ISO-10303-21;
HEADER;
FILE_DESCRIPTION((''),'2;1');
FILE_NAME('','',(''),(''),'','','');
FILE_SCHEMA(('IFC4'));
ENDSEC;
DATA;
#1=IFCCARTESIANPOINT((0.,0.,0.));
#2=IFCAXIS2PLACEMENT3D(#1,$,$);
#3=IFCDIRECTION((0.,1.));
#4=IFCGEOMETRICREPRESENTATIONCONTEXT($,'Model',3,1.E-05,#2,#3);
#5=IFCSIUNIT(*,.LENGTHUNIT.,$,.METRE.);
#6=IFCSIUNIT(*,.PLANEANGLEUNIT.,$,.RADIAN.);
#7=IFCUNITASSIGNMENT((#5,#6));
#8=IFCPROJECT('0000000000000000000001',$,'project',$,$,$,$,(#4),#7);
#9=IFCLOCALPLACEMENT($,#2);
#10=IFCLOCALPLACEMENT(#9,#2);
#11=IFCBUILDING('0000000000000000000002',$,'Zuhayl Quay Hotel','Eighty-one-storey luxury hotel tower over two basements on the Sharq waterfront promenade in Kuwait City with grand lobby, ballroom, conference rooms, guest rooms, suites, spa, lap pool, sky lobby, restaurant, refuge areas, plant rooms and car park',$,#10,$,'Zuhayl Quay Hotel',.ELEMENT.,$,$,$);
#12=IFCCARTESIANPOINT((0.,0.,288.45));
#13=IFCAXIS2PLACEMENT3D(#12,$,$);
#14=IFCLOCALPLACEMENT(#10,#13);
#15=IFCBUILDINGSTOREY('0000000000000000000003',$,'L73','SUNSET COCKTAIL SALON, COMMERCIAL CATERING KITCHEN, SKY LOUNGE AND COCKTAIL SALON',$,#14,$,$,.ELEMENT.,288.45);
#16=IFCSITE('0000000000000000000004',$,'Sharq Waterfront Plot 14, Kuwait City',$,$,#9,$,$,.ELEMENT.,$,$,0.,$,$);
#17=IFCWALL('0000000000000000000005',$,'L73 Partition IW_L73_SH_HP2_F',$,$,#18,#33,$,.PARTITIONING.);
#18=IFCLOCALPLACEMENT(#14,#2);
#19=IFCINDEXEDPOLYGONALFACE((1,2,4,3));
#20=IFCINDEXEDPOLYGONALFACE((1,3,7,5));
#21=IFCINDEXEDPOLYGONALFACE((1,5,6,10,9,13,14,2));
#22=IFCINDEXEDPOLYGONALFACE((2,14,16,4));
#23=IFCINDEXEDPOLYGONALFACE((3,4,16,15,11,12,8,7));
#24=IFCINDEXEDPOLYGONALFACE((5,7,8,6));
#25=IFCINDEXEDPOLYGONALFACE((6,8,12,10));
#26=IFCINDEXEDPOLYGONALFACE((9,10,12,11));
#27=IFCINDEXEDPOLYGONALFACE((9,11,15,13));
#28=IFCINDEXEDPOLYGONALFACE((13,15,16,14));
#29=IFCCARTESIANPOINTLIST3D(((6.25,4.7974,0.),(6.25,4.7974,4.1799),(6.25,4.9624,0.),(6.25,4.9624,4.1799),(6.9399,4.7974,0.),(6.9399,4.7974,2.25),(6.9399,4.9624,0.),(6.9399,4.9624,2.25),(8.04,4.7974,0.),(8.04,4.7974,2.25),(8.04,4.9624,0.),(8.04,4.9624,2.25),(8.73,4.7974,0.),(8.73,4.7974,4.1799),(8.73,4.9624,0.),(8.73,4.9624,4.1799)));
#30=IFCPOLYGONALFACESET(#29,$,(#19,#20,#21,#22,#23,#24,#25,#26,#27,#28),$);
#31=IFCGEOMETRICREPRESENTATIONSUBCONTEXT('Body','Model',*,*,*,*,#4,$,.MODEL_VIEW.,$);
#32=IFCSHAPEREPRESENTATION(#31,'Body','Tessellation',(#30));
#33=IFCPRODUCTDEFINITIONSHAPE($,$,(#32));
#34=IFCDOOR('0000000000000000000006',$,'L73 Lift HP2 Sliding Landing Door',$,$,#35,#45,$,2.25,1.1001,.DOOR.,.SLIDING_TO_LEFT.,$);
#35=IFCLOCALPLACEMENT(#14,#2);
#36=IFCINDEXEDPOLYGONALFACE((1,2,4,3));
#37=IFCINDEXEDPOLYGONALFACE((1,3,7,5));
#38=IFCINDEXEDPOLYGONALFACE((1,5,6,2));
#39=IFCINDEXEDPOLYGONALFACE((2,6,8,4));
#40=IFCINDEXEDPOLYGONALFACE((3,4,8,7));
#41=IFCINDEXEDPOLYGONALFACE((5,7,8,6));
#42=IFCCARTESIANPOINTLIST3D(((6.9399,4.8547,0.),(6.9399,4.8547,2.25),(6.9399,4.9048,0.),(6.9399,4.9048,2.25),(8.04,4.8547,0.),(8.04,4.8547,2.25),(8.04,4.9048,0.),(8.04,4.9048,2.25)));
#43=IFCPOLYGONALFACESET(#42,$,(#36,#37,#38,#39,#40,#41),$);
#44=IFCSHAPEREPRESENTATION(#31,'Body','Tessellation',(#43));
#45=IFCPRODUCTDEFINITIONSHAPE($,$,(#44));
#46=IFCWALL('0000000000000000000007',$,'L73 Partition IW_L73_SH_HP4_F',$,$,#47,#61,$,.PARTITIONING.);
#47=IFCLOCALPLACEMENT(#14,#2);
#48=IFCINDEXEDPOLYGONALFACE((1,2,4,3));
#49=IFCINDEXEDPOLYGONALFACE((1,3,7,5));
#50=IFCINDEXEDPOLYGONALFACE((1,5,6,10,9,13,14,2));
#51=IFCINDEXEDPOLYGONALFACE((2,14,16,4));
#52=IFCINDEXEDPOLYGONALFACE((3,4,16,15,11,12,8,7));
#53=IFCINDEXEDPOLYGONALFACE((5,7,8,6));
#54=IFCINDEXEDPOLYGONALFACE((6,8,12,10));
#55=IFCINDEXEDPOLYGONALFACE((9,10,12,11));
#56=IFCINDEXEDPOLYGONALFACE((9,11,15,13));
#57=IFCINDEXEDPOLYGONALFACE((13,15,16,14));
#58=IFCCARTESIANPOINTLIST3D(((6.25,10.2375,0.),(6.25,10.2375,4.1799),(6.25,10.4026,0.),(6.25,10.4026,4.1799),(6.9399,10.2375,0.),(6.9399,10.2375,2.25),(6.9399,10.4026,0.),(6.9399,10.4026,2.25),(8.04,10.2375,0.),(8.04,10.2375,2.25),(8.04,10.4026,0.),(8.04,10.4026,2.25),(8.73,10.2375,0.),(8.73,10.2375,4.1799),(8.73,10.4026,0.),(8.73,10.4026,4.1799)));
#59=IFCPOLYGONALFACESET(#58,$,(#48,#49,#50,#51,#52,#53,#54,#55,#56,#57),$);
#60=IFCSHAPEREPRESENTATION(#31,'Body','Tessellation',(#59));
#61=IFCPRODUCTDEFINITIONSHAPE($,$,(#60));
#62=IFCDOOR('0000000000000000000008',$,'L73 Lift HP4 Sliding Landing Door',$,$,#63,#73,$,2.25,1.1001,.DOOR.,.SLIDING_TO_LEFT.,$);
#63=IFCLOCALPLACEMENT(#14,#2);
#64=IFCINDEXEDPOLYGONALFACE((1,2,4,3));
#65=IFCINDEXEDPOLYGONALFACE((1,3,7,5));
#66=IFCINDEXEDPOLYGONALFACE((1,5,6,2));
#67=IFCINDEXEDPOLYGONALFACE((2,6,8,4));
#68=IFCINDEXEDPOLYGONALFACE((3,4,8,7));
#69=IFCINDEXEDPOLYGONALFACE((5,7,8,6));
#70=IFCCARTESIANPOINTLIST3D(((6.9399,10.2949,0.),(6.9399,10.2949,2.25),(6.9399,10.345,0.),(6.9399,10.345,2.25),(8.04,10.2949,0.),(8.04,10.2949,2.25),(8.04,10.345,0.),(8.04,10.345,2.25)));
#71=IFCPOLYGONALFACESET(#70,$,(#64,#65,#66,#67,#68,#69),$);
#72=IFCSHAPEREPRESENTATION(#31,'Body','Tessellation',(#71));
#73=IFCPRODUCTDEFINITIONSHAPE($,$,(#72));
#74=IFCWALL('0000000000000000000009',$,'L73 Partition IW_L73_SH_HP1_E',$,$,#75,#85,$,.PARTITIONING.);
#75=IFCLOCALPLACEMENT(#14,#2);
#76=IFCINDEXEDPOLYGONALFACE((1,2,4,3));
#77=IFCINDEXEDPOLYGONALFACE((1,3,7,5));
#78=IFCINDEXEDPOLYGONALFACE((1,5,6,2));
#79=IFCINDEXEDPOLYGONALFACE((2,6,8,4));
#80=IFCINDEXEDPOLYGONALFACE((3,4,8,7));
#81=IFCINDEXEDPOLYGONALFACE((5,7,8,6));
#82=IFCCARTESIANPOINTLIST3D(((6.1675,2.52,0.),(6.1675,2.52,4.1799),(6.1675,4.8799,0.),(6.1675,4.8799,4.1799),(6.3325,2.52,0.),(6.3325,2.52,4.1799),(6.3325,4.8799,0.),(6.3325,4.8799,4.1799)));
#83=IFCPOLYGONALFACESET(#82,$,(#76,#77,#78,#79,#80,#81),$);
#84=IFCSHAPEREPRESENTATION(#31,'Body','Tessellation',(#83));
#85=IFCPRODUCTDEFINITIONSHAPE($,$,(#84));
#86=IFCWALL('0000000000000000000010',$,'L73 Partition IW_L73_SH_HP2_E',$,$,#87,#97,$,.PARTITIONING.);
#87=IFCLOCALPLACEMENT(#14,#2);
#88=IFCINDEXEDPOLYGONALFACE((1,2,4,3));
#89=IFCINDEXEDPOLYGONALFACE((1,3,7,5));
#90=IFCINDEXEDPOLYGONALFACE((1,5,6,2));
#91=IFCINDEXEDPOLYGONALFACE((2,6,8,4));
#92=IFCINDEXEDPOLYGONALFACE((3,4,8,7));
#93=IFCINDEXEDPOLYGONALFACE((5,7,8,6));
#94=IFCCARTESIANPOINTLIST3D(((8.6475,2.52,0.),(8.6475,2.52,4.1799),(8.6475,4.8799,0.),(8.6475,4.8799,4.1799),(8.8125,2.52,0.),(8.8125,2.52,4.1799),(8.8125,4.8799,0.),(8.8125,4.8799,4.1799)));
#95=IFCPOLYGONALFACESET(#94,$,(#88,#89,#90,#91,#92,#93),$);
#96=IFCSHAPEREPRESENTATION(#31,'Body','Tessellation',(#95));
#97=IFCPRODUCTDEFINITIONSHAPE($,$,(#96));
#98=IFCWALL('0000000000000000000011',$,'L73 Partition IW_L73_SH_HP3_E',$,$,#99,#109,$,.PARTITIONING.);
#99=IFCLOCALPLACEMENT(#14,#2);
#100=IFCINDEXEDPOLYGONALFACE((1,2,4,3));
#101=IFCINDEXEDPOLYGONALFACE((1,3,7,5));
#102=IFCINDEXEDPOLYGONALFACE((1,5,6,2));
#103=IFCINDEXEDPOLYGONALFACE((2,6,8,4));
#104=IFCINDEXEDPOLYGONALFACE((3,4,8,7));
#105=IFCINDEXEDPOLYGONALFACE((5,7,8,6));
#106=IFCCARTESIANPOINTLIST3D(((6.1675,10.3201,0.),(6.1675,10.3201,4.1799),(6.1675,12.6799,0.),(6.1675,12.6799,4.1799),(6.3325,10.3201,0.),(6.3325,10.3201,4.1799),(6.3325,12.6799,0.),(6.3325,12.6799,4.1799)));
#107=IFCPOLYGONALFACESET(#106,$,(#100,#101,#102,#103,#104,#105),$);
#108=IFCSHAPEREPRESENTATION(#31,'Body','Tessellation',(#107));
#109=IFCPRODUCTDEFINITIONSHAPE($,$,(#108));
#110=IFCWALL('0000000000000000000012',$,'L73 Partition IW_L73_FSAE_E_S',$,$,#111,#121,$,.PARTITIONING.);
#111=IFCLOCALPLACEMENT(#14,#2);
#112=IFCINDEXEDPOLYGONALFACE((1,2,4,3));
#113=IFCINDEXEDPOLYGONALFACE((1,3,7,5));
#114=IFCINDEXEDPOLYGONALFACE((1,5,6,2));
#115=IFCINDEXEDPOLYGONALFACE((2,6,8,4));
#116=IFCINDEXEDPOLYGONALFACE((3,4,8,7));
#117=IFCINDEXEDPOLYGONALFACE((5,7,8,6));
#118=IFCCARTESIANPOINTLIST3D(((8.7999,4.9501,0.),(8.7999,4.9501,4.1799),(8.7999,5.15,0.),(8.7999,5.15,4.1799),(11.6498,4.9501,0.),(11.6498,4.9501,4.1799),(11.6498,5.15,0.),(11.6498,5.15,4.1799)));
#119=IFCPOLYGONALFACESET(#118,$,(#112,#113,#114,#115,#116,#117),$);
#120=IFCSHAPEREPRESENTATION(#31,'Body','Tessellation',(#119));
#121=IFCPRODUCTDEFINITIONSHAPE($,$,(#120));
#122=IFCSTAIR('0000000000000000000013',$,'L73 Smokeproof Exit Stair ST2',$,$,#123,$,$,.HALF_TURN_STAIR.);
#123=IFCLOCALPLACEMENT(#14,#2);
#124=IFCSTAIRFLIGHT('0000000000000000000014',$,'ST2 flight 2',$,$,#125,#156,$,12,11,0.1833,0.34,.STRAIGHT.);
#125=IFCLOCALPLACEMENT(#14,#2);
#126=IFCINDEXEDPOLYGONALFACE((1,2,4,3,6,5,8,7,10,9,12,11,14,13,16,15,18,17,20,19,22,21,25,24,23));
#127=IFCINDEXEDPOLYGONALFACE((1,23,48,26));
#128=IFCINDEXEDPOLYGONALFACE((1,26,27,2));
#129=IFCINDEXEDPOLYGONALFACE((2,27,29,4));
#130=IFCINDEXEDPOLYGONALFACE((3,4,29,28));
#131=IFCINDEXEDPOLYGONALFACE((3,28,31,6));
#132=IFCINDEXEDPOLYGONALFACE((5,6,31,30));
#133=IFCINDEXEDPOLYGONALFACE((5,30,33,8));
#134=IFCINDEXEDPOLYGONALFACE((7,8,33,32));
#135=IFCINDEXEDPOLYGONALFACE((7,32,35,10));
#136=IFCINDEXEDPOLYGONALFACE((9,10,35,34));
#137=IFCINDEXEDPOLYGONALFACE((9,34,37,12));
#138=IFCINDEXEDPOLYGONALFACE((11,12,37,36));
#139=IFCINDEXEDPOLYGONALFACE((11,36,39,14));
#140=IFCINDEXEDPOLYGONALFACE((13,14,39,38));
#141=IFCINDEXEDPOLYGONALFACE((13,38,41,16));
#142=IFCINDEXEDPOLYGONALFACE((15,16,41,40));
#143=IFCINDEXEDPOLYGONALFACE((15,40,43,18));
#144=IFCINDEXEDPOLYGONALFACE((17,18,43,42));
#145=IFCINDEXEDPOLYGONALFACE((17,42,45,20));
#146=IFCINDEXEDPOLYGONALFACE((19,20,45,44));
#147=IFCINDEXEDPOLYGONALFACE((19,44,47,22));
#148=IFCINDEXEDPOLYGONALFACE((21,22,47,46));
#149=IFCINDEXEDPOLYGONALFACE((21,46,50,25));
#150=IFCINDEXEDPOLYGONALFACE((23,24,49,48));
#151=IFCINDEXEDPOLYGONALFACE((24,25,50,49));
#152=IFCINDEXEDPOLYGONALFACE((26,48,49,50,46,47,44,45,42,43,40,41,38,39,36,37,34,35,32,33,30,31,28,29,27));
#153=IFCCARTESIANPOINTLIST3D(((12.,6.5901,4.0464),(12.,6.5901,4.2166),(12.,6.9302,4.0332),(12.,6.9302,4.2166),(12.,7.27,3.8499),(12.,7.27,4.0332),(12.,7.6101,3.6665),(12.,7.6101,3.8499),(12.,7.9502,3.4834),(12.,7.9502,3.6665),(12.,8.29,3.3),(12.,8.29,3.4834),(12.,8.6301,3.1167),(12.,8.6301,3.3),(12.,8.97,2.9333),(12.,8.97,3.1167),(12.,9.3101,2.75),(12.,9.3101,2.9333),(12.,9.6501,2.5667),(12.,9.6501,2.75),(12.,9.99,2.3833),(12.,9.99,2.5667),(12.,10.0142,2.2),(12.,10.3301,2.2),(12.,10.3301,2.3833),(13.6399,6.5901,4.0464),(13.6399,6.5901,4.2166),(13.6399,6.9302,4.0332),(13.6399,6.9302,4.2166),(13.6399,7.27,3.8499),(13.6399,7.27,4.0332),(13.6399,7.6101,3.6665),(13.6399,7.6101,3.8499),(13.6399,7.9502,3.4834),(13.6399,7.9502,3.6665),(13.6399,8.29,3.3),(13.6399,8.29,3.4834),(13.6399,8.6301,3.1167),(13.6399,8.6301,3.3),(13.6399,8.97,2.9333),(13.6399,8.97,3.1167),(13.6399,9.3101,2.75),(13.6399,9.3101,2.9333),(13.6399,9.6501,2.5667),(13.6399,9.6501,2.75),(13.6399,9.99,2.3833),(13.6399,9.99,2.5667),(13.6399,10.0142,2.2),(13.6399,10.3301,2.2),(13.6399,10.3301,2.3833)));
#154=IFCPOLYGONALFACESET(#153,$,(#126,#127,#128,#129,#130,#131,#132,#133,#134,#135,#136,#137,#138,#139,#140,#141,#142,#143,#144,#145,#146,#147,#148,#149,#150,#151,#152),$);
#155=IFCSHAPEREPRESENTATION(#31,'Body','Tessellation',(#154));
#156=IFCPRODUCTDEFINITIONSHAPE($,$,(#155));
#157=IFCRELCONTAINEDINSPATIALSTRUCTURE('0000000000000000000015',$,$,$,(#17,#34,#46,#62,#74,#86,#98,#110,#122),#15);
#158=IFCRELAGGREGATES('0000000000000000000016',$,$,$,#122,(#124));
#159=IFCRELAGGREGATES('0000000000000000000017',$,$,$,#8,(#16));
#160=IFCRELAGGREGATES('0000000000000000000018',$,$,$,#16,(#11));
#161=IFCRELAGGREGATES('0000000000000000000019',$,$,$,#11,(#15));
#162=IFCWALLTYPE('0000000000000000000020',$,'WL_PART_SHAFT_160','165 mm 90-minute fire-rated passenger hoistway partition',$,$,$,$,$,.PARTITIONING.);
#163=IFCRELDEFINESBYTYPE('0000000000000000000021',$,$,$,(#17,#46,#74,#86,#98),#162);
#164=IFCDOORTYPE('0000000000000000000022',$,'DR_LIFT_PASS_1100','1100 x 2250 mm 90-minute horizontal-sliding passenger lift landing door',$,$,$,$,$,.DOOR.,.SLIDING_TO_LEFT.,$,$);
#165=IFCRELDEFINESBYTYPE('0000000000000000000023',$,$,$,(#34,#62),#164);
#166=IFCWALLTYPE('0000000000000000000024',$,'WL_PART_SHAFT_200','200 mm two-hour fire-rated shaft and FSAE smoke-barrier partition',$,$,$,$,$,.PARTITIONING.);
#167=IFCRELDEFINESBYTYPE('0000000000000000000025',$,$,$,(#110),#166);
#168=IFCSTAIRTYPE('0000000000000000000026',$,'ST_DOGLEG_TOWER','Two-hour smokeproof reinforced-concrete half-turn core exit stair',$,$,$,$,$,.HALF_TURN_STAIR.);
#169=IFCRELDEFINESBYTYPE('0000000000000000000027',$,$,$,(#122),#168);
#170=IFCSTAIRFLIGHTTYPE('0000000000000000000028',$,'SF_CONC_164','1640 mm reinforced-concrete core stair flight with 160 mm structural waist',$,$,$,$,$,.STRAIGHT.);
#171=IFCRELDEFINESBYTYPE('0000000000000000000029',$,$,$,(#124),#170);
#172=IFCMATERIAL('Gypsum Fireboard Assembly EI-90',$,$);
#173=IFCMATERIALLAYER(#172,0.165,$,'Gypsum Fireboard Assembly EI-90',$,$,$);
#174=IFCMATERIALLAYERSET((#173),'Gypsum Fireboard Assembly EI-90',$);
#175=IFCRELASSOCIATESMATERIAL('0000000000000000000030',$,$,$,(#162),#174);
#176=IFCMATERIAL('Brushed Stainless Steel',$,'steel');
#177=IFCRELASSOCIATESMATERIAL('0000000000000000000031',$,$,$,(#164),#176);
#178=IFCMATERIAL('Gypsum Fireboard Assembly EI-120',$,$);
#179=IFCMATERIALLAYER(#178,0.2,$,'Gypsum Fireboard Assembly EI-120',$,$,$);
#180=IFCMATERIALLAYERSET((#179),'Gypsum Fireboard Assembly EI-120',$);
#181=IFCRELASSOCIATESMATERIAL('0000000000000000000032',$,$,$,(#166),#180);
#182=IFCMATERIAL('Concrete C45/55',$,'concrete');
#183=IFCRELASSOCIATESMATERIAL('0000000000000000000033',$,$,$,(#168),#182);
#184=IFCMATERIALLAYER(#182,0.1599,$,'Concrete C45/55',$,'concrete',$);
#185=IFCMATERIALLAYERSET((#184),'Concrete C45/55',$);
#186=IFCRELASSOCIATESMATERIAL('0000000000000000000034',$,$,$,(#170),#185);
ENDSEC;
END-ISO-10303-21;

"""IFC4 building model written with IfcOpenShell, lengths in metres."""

from ifc_helpers import new_model, si_unit, direction, frame, frame_2d, origin, place, context, subcontext, project, spatial, polyline, rectangle, outline, extrude, material, layer, layer_set, type_object, element, fill, aggregate, save


model = new_model("IFC4")

# Units and contexts
model_context = context("Model", 3, precision=1e-05, world=origin(), true_north=direction((0.0, 1.0)))
body_context = subcontext(model_context, "Body", "Model", "MODEL_VIEW")
ifc_project = project(units=[si_unit("LENGTHUNIT", "METRE"), si_unit("PLANEANGLEUNIT", "RADIAN")], contexts=[model_context])

# Site, building, storey
site_placement = place(None, origin())
site = spatial("IfcSite", under=ifc_project, at=site_placement, Name="Sharq Waterfront Plot 14, Kuwait City", CompositionType="ELEMENT", RefElevation=0.0)
building_placement = place(site_placement, origin())
building = spatial("IfcBuilding", under=site, at=building_placement, Name="Zuhayl Quay Hotel", Description="Eighty-one-storey luxury hotel tower over two basements on the Sharq waterfront promenade in Kuwait City with grand lobby, ballroom, conference rooms, guest rooms, suites, spa, lap pool, sky lobby, restaurant, refuge areas, plant rooms and car park", LongName="Zuhayl Quay Hotel", CompositionType="ELEMENT")
storey_placement = place(building_placement, frame((0.0, 0.0, 288.45)))
storey = spatial("IfcBuildingStorey", under=building, at=storey_placement, Name="L73", Description="SUNSET COCKTAIL SALON, COMMERCIAL CATERING KITCHEN, SKY LOUNGE AND COCKTAIL SALON", CompositionType="ELEMENT", Elevation=288.45)

# Walls, openings, doors
ifc_material_1 = material(Name="Gypsum Fireboard Assembly EI-90")
ifc_layer_1 = layer(ifc_material_1, 0.165, Name="Gypsum Fireboard Assembly EI-90")
ifc_layer_set_1 = layer_set([ifc_layer_1], Name="Gypsum Fireboard Assembly EI-90")
wall_type_1 = type_object("IfcWallType", Name="WL_PART_SHAFT_160", Description="165 mm 90-minute fire-rated passenger hoistway partition", PredefinedType="PARTITIONING", material=ifc_layer_set_1)
ifc_material_2 = material(Name="Brushed Stainless Steel", Category="steel")
wall_1_placement = place(storey_placement, frame((6.25, 4.8799, 0.0), z_axis=(0.0, 0.0, 1.0), x_axis=(1.0, 0.0, 0.0)))
wall_1 = element("IfcWall", 1, at=wall_1_placement, inside=storey, type_object=wall_type_1, Name="L73 Partition IW_L73_SH_HP2_F", PredefinedType="PARTITIONING", context=body_context, shape_type="SweptSolid", body=[
    extrude(rectangle(XDim=2.48, YDim=0.165, at=frame_2d((1.24, 0.0))), origin(), (0.0, 0.0, 1.0), 4.1799),
])
opening_1_placement = place(wall_1_placement, frame((0.6899, 0.0, 0.0)))
opening_1 = element("IfcOpeningElement", 2, at=opening_1_placement, cuts=wall_1, PredefinedType="OPENING", context=body_context, shape_type="SweptSolid", body=[
    extrude(rectangle(XDim=1.1001, YDim=2.25, at=frame_2d((0.55, 1.125))), frame((0.0, 0.0925, 0.0), z_axis=(0.0, -1.0, 0.0), x_axis=(1.0, 0.0, 0.0)), (0.0, 0.0, 1.0), 0.1851),
])
door_type_1 = type_object("IfcDoorType", Name="DR_LIFT_PASS_1100", Description="1100 x 2250 mm 90-minute horizontal-sliding passenger lift landing door", OperationType="SLIDING_TO_LEFT", PredefinedType="DOOR", material=ifc_material_2)
door_1_placement = place(opening_1_placement, origin())
door_1 = element("IfcDoor", 3, at=door_1_placement, inside=storey, type_object=door_type_1, Name="L73 Lift HP2 Sliding Landing Door", OperationType="SLIDING_TO_LEFT", OverallHeight=2.25, OverallWidth=1.1001, PredefinedType="DOOR", context=body_context, shape_type="SweptSolid", body=[
    extrude(rectangle(XDim=1.1001, YDim=2.25, at=frame_2d((0.55, 1.125))), frame((0.0, 0.0249, 0.0), z_axis=(0.0, -1.0, 0.0), x_axis=(1.0, 0.0, 0.0)), (0.0, 0.0, 1.0), 0.05),
])
fill(opening_1, door_1)
wall_2_placement = place(storey_placement, frame((6.25, 10.3201, 0.0), z_axis=(0.0, 0.0, 1.0), x_axis=(1.0, 0.0, 0.0)))
wall_2 = element("IfcWall", 4, at=wall_2_placement, inside=storey, type_object=wall_type_1, Name="L73 Partition IW_L73_SH_HP4_F", PredefinedType="PARTITIONING", context=body_context, shape_type="SweptSolid", body=[
    extrude(rectangle(XDim=2.48, YDim=0.165, at=frame_2d((1.24, 0.0))), origin(), (0.0, 0.0, 1.0), 4.1799),
])
opening_2_placement = place(wall_2_placement, frame((0.6899, 0.0, 0.0)))
opening_2 = element("IfcOpeningElement", 5, at=opening_2_placement, cuts=wall_2, PredefinedType="OPENING", context=body_context, shape_type="SweptSolid", body=[
    extrude(rectangle(XDim=1.1001, YDim=2.25, at=frame_2d((0.55, 1.125))), frame((0.0, 0.0925, 0.0), z_axis=(0.0, -1.0, 0.0), x_axis=(1.0, 0.0, 0.0)), (0.0, 0.0, 1.0), 0.1851),
])
door_2_placement = place(opening_2_placement, origin())
door_2 = element("IfcDoor", 6, at=door_2_placement, inside=storey, type_object=door_type_1, Name="L73 Lift HP4 Sliding Landing Door", OperationType="SLIDING_TO_LEFT", OverallHeight=2.25, OverallWidth=1.1001, PredefinedType="DOOR", context=body_context, shape_type="SweptSolid", body=[
    extrude(rectangle(XDim=1.1001, YDim=2.25, at=frame_2d((0.55, 1.125))), frame((0.0, 0.0249, 0.0), z_axis=(0.0, -1.0, 0.0), x_axis=(1.0, 0.0, 0.0)), (0.0, 0.0, 1.0), 0.05),
])
fill(opening_2, door_2)

# Walls
for number, where, z_axis, x_axis, name in (
    (7, (6.25, 2.52, 0.0), (0.0, 0.0, 1.0), (0.0, 1.0, 0.0), "L73 Partition IW_L73_SH_HP1_E"),
    (8, (8.73, 2.52, 0.0), (0.0, 0.0, 1.0), (0.0, 1.0, 0.0), "L73 Partition IW_L73_SH_HP2_E"),
    (9, (6.25, 10.3201, 0.0), (0.0, 0.0, 1.0), (0.0, 1.0, 0.0), "L73 Partition IW_L73_SH_HP3_E"),
):
    element("IfcWall", number, at=place(storey_placement, frame(where, z_axis=z_axis, x_axis=x_axis)), inside=storey, type_object=wall_type_1, Name=name, PredefinedType="PARTITIONING", context=body_context, shape_type="SweptSolid", body=[
        extrude(rectangle(XDim=2.3599, YDim=0.165, at=frame_2d((1.1799, 0.0))), origin(), (0.0, 0.0, 1.0), 4.1799),
    ])
ifc_material_3 = material(Name="Gypsum Fireboard Assembly EI-120")
ifc_layer_2 = layer(ifc_material_3, 0.2, Name="Gypsum Fireboard Assembly EI-120")
ifc_layer_set_2 = layer_set([ifc_layer_2], Name="Gypsum Fireboard Assembly EI-120")
wall_type_2 = type_object("IfcWallType", Name="WL_PART_SHAFT_200", Description="200 mm two-hour fire-rated shaft and FSAE smoke-barrier partition", PredefinedType="PARTITIONING", material=ifc_layer_set_2)
wall_3_placement = place(storey_placement, frame((8.8, 5.05, 0.0), z_axis=(0.0, 0.0, 1.0), x_axis=(1.0, 0.0, 0.0)))
element("IfcWall", 10, at=wall_3_placement, inside=storey, type_object=wall_type_2, Name="L73 Partition IW_L73_FSAE_E_S", PredefinedType="PARTITIONING", context=body_context, shape_type="SweptSolid", body=[
    extrude(rectangle(XDim=2.8499, YDim=0.2, at=frame_2d((1.4248, 0.0))), origin(), (0.0, 0.0, 1.0), 4.1799),
])

# Stair, stair flight
ifc_material_4 = material(Name="Concrete C45/55", Category="concrete")
stair_type = type_object("IfcStairType", Name="ST_DOGLEG_TOWER", Description="Two-hour smokeproof reinforced-concrete half-turn core exit stair", PredefinedType="HALF_TURN_STAIR", material=ifc_material_4)
stair_placement = place(storey_placement, origin())
stair = element("IfcStair", 11, at=stair_placement, inside=storey, type_object=stair_type, Name="L73 Smokeproof Exit Stair ST2", PredefinedType="HALF_TURN_STAIR")
ifc_layer_3 = layer(ifc_material_4, 0.1599, Name="Concrete C45/55", Category="concrete")
ifc_layer_set_3 = layer_set([ifc_layer_3], Name="Concrete C45/55")
stair_flight_type = type_object("IfcStairFlightType", Name="SF_CONC_164", Description="1640 mm reinforced-concrete core stair flight with 160 mm structural waist", PredefinedType="STRAIGHT", material=ifc_layer_set_3)
stair_flight_placement = place(storey_placement, frame((12.8201, 10.3301, 2.2), z_axis=(0.0, 0.0, 1.0), x_axis=(0.0, -1.0, 0.0)))
stair_flight = element("IfcStairFlight", 12, at=stair_flight_placement, type_object=stair_flight_type, Name="ST2 flight 2", NumberOfRisers=12, NumberOfTreads=11, PredefinedType="STRAIGHT", RiserHeight=0.1833, TreadLength=0.34, context=body_context, shape_type="SweptSolid", body=[
    extrude(outline(polyline([(0.0, 0.0), (0.0, 0.1833), (0.3401, 0.1833), (0.3401, 0.3667), (0.6799, 0.3667), (0.6799, 0.55), (1.02, 0.55), (1.02, 0.7334), (1.3601, 0.7334), (1.3601, 0.9167), (1.7, 0.9167), (1.7, 1.1001), (2.04, 1.1001), (2.04, 1.2834), (2.3799, 1.2834), (2.3799, 1.4666), (2.72, 1.4666), (2.72, 1.6499), (3.0601, 1.6499), (3.0601, 1.8333), (3.3999, 1.8333), (3.3999, 2.0166), (3.74, 2.0166), (3.74, 2.2), (3.74, 1.8464), (0.3159, 0.0), (0.0, 0.0)])), frame((0.0, 0.8198, 0.0), z_axis=(0.0, -1.0, 0.0), x_axis=(1.0, 0.0, 0.0)), (0.0, 0.0, 1.0), 1.6399),
])
aggregate(stair, [stair_flight])

save(model, "model.ifc")
